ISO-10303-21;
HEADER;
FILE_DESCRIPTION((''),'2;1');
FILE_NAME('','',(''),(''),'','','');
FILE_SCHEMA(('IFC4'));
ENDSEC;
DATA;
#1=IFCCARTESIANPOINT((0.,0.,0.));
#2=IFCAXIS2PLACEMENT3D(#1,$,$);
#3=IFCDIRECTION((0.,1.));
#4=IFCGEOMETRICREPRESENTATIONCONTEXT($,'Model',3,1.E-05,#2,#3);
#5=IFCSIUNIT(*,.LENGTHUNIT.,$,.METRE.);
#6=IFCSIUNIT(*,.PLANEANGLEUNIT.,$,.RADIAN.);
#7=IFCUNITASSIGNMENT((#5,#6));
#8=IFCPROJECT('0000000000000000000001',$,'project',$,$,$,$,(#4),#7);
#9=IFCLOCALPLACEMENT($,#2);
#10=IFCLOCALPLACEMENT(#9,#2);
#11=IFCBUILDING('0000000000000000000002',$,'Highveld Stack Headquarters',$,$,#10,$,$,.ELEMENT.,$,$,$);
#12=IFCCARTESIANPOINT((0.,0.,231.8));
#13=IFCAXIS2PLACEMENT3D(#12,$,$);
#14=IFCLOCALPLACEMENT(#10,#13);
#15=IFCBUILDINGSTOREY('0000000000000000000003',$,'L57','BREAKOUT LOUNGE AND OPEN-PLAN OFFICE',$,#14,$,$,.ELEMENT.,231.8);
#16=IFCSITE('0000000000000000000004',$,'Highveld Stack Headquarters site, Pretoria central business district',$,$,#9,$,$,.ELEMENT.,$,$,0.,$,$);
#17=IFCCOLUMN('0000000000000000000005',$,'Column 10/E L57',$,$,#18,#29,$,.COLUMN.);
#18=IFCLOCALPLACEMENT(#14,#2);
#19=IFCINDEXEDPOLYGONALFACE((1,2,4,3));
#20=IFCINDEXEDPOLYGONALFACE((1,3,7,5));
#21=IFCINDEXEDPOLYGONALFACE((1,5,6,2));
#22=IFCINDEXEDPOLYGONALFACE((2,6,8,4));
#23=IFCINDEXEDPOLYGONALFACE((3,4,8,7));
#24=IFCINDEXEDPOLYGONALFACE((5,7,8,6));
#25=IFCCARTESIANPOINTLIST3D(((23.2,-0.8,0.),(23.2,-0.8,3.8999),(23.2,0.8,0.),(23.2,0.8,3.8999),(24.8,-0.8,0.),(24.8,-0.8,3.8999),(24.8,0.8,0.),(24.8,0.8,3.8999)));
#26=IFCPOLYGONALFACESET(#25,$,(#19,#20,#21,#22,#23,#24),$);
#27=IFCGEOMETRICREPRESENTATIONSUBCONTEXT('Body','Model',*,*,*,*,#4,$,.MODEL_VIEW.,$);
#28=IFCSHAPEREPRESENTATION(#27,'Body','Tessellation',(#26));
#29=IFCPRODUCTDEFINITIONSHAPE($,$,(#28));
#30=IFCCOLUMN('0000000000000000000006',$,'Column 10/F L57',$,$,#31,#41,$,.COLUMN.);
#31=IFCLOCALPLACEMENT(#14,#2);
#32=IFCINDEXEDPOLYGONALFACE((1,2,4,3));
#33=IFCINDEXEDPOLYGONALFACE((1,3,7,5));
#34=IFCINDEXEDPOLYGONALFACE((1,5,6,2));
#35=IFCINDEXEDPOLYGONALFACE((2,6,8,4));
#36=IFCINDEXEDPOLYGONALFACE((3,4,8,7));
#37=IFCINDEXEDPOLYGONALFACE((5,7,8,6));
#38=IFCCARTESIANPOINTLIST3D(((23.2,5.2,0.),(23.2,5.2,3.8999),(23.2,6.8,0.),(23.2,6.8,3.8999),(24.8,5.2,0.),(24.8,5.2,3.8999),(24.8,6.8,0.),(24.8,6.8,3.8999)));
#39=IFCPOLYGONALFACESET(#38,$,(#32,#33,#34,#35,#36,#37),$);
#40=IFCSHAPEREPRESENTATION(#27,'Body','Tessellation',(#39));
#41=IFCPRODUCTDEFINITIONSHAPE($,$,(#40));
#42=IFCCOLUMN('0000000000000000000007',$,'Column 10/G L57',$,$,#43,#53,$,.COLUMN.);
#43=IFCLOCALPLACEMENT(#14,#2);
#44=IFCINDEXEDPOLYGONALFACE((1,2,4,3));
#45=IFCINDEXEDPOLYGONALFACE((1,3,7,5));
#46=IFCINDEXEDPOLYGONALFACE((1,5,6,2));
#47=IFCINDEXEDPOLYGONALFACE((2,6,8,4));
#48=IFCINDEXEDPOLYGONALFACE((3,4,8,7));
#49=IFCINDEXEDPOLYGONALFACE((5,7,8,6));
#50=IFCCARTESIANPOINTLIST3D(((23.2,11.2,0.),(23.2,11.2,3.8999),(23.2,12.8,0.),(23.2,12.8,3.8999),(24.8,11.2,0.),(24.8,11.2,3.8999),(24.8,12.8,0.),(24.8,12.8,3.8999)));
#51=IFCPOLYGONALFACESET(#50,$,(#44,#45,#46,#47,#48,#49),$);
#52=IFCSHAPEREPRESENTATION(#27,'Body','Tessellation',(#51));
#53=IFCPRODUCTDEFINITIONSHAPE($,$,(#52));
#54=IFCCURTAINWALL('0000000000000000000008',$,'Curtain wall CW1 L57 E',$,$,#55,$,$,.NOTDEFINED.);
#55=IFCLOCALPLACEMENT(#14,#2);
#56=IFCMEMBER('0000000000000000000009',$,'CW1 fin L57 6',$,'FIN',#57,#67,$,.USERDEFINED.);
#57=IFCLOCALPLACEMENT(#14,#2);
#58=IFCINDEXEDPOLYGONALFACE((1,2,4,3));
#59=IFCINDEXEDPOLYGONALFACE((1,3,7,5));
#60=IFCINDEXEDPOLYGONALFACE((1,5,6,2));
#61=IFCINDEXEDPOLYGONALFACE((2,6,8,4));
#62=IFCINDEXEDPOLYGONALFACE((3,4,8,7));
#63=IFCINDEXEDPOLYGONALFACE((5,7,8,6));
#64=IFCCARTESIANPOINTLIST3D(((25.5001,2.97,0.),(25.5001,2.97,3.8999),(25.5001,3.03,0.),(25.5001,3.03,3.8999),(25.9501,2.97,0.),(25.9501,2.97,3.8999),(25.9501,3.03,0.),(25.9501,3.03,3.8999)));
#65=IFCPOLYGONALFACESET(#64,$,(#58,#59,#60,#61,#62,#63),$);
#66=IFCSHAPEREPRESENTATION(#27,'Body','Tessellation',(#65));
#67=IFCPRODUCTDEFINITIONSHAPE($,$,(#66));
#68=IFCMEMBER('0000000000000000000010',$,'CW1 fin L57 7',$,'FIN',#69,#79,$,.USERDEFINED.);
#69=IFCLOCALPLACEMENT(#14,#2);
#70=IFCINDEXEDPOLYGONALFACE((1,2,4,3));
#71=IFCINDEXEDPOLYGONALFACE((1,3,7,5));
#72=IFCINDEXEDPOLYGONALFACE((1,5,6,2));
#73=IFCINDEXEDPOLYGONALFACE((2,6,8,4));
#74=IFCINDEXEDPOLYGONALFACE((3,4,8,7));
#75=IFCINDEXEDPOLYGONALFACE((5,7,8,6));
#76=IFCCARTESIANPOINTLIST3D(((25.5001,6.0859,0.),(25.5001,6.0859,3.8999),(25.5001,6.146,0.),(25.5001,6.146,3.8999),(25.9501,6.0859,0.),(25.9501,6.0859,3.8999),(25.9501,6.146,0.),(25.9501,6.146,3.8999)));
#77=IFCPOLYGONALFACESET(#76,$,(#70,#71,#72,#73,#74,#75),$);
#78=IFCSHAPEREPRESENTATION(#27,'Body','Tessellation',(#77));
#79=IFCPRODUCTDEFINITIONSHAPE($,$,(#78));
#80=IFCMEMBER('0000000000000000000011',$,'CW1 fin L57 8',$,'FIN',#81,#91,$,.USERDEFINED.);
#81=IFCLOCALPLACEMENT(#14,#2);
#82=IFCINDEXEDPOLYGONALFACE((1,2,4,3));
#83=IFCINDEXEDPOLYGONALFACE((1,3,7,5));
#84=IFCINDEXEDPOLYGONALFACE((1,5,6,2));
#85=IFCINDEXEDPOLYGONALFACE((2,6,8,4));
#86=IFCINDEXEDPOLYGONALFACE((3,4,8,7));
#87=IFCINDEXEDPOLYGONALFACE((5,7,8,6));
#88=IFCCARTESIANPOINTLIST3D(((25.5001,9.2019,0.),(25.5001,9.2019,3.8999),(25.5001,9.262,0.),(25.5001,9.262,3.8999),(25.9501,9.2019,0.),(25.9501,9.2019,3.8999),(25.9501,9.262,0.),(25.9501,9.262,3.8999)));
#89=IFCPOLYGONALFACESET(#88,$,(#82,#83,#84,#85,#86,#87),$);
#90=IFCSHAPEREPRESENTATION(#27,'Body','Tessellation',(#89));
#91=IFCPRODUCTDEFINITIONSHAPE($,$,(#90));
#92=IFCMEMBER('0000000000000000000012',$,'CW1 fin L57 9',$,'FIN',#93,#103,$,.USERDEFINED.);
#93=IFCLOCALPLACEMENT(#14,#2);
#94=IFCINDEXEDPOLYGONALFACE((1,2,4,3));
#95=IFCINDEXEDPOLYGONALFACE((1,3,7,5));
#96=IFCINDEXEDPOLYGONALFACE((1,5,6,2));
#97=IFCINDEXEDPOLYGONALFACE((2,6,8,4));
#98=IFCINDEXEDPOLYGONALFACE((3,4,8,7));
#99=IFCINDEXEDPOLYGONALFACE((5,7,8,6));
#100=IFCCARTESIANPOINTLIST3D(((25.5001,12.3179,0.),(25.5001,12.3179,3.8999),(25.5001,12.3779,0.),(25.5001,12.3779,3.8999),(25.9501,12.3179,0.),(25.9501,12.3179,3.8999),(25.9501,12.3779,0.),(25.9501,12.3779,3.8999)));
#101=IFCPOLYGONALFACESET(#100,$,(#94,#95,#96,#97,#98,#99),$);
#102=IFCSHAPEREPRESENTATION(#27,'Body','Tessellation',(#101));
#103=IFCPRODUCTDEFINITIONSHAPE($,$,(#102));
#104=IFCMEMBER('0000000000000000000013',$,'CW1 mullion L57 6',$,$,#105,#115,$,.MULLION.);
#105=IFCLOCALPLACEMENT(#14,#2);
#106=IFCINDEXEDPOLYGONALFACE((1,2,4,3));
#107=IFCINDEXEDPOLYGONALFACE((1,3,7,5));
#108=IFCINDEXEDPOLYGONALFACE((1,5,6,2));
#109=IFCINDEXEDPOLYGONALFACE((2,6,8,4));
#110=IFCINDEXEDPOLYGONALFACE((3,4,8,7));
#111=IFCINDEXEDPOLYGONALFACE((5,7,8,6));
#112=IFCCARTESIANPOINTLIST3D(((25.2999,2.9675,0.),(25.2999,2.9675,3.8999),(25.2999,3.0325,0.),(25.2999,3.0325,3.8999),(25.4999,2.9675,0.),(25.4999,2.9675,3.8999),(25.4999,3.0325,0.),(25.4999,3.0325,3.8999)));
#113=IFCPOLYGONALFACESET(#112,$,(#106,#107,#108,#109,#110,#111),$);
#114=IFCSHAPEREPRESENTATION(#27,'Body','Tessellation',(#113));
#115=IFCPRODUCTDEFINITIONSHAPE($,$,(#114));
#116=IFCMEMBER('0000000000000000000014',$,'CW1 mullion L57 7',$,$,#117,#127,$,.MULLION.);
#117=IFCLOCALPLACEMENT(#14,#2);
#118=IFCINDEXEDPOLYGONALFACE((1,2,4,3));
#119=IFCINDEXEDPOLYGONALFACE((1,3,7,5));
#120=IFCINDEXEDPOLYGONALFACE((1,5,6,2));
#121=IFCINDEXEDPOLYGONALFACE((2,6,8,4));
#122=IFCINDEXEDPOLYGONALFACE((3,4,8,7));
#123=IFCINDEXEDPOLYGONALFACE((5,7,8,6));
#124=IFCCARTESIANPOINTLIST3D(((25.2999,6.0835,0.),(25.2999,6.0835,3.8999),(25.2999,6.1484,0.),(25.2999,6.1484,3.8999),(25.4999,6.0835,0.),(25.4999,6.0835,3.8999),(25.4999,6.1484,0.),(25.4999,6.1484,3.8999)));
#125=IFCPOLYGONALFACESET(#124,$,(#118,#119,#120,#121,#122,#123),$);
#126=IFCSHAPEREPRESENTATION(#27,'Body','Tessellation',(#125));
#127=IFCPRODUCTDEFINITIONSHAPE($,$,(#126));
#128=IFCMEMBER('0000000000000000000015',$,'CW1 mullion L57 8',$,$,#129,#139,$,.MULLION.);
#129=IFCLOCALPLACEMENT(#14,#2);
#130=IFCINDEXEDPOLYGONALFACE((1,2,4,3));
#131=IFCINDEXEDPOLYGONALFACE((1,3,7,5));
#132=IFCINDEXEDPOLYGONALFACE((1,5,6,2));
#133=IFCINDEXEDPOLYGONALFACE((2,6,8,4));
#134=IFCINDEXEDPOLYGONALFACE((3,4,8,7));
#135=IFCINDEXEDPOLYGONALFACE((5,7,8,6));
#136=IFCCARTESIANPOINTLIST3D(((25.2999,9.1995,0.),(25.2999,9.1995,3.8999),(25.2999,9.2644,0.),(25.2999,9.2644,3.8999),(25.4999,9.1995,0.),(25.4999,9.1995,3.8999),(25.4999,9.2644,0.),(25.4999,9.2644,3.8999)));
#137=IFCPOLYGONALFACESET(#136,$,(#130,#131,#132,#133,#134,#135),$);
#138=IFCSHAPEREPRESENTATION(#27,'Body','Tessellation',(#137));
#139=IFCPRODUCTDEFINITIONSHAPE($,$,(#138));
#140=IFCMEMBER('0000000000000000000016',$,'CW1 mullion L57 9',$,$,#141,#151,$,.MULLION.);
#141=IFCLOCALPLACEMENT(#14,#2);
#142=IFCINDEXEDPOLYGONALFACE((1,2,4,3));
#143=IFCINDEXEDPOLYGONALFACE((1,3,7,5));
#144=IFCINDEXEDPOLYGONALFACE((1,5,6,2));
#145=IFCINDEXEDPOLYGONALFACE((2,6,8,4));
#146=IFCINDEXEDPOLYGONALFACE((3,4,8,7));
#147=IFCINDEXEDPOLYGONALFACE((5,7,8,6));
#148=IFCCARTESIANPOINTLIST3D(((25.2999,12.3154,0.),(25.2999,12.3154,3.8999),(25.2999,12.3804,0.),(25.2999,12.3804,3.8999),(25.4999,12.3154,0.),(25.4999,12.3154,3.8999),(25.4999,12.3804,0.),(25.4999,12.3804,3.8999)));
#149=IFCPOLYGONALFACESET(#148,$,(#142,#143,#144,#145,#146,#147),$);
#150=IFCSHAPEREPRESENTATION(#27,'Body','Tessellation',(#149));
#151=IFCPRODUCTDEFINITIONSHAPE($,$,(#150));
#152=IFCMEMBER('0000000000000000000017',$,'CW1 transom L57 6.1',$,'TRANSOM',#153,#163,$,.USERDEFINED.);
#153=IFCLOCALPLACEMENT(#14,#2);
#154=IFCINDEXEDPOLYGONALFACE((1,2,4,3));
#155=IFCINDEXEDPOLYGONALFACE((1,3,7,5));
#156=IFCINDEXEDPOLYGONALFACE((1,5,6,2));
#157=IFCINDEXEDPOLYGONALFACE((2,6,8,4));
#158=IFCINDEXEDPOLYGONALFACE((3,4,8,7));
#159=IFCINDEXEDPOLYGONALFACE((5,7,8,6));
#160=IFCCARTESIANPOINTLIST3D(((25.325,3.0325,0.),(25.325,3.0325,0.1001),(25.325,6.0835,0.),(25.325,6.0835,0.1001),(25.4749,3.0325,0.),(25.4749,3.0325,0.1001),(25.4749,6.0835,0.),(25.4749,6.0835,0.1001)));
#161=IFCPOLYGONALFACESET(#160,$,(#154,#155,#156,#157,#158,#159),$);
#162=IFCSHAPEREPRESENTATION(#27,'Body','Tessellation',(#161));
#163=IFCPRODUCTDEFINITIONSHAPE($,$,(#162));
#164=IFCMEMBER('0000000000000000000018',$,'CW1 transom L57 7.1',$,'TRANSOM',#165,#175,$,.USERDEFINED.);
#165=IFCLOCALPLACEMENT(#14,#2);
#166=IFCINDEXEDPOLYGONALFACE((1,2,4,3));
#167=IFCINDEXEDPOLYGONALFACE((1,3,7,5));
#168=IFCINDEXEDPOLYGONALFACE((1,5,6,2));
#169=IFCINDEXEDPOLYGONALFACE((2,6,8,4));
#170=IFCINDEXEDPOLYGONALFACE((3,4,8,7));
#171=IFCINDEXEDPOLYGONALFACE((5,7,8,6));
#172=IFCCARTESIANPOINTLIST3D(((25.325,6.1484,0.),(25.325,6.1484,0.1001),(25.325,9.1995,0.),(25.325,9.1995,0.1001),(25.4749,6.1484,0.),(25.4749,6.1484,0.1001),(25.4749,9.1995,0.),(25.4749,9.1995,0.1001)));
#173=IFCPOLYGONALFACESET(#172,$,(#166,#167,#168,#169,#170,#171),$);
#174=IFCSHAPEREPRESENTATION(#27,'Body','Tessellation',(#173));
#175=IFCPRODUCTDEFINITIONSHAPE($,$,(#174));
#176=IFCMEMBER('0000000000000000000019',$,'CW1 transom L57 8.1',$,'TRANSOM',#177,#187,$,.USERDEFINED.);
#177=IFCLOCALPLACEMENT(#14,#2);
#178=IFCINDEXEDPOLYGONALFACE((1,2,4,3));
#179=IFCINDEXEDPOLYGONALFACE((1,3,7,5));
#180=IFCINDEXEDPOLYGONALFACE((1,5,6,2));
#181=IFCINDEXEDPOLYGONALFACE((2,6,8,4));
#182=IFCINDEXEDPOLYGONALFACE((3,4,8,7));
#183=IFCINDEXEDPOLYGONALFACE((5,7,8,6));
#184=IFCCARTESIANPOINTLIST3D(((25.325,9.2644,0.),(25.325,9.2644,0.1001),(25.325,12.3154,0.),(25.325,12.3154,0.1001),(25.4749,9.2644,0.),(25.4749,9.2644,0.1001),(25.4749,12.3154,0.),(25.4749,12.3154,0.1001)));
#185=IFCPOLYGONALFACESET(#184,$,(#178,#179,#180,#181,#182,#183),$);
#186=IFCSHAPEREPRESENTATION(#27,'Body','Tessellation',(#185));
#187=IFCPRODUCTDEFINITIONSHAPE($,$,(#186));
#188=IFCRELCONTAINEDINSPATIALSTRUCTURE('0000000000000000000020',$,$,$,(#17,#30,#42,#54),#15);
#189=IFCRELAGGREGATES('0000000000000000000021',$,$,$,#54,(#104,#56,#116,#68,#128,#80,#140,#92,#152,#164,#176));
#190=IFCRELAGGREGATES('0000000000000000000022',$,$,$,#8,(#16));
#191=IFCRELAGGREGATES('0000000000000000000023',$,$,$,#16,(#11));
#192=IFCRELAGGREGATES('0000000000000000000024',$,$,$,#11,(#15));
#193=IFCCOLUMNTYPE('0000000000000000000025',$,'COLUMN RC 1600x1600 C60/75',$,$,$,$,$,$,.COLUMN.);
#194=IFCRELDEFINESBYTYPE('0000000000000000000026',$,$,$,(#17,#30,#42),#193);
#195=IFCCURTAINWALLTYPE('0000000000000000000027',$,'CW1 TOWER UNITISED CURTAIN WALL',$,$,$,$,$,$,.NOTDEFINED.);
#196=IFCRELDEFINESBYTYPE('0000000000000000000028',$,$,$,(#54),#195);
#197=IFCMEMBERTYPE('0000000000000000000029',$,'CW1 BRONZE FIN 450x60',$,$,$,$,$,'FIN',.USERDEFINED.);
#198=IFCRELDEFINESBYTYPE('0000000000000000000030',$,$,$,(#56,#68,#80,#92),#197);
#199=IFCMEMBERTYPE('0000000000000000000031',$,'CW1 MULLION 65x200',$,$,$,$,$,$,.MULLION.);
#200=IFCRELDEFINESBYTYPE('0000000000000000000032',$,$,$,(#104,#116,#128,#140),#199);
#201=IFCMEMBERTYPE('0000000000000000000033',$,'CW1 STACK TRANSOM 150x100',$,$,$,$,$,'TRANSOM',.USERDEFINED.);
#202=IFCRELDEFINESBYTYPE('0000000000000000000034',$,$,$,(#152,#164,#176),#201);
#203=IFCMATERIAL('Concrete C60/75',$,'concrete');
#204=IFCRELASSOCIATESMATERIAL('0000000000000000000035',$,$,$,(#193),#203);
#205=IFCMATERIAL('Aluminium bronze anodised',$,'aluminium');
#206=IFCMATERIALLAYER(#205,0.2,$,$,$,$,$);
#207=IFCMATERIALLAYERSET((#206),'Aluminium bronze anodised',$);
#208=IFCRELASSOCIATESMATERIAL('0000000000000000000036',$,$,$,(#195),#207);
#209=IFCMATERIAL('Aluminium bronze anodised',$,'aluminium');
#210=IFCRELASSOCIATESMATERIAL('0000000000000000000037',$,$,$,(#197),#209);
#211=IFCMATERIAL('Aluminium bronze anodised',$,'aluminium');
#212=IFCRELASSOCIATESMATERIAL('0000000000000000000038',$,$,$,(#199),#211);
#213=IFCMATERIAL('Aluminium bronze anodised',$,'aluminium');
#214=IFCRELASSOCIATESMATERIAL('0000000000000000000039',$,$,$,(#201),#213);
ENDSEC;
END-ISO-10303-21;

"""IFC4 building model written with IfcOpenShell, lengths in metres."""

from ifc_helpers import new_model, si_unit, direction, frame, origin, origin_2d, place, context, subcontext, project, spatial, rectangle, extrude, material, layer, layer_set, material_profile, profile_set, type_object, element, aggregate, save


model = new_model("IFC4")

# Units and contexts
model_context = context("Model", 3, precision=1e-05, world=origin(), true_north=direction((0.0, 1.0)))
body_context = subcontext(model_context, "Body", "Model", "MODEL_VIEW")
ifc_project = project(units=[si_unit("LENGTHUNIT", "METRE"), si_unit("PLANEANGLEUNIT", "RADIAN")], contexts=[model_context])

# Site, building, storey
site_placement = place(None, origin())
site = spatial("IfcSite", under=ifc_project, at=site_placement, Name="Highveld Stack Headquarters site, Pretoria central business district", CompositionType="ELEMENT", RefElevation=0.0)
building_placement = place(site_placement, origin())
building = spatial("IfcBuilding", under=site, at=building_placement, Name="Highveld Stack Headquarters", CompositionType="ELEMENT")
storey_placement = place(building_placement, frame((0.0, 0.0, 231.8)))
storey = spatial("IfcBuildingStorey", under=building, at=storey_placement, Name="L57", Description="BREAKOUT LOUNGE AND OPEN-PLAN OFFICE", CompositionType="ELEMENT", Elevation=231.8)

# Columns
ifc_material_1 = material(Name="Concrete C60/75", Category="concrete")
ifc_material_profile_1 = material_profile(ifc_material_1, rectangle(XDim=1.6001, YDim=1.6001, at=origin_2d()), Name="RC 1600x1600")
ifc_profile_set_1 = profile_set([ifc_material_profile_1], Name="Concrete C60/75")
column_type = type_object("IfcColumnType", Name="COLUMN RC 1600x1600 C60/75", PredefinedType="COLUMN", material=ifc_profile_set_1)
for number, where, z_axis, x_axis, name in (
    (1, (24.0, 0.0, 0.0), (0.0, 0.0, 1.0), (1.0, 0.0, 0.0), "Column 10/E L57"),
    (2, (24.0, 6.0, 0.0), (0.0, 0.0, 1.0), (1.0, 0.0, 0.0), "Column 10/F L57"),
    (3, (24.0, 12.0, 0.0), (0.0, 0.0, 1.0), (1.0, 0.0, 0.0), "Column 10/G L57"),
):
    element("IfcColumn", number, at=place(storey_placement, frame(where, z_axis=z_axis, x_axis=x_axis)), inside=storey, type_object=column_type, Name=name, PredefinedType="COLUMN", context=body_context, shape_type="SweptSolid", body=[
        extrude(rectangle(XDim=1.6001, YDim=1.6001, at=origin_2d()), origin(), (0.0, 0.0, 1.0), 3.8999),
    ])

# Curtain wall, members
ifc_material_2 = material(Name="Aluminium bronze anodised", Category="aluminium")
ifc_layer_1 = layer(ifc_material_2, 0.2)
ifc_layer_set_1 = layer_set([ifc_layer_1], Name="Aluminium bronze anodised")
curtain_wall_type = type_object("IfcCurtainWallType", Name="CW1 TOWER UNITISED CURTAIN WALL", PredefinedType="NOTDEFINED", material=ifc_layer_set_1)
curtain_wall_placement = place(storey_placement, origin())
curtain_wall = element("IfcCurtainWall", 4, at=curtain_wall_placement, inside=storey, type_object=curtain_wall_type, Name="Curtain wall CW1 L57 E", PredefinedType="NOTDEFINED")
ifc_material_3 = material(Name="Aluminium bronze anodised", Category="aluminium")
ifc_material_profile_2 = material_profile(ifc_material_3, rectangle(XDim=0.45, YDim=0.0601, at=origin_2d()), Name="FIN 450x60")
ifc_profile_set_2 = profile_set([ifc_material_profile_2], Name="Aluminium bronze anodised")
member_type_1 = type_object("IfcMemberType", Name="CW1 BRONZE FIN 450x60", ElementType="FIN", PredefinedType="USERDEFINED", material=ifc_profile_set_2)
member_1_placement = place(storey_placement, frame((25.7251, 3.0, 0.0), z_axis=(0.0, 0.0, 1.0), x_axis=(-1.0, 0.0, 0.0)))
member_1 = element("IfcMember", 5, at=member_1_placement, type_object=member_type_1, Name="CW1 fin L57 6", ObjectType="FIN", PredefinedType="USERDEFINED", context=body_context, shape_type="SweptSolid", body=[
    extrude(rectangle(XDim=0.45, YDim=0.0601, at=origin_2d()), origin(), (0.0, 0.0, 1.0), 3.8999),
])
member_2_placement = place(storey_placement, frame((25.7251, 6.116, 0.0), z_axis=(0.0, 0.0, 1.0), x_axis=(-1.0, 0.0, 0.0)))
member_2 = element("IfcMember", 6, at=member_2_placement, type_object=member_type_1, Name="CW1 fin L57 7", ObjectType="FIN", PredefinedType="USERDEFINED", context=body_context, shape_type="SweptSolid", body=[
    extrude(rectangle(XDim=0.45, YDim=0.0601, at=origin_2d()), origin(), (0.0, 0.0, 1.0), 3.8999),
])
member_3_placement = place(storey_placement, frame((25.7251, 9.2319, 0.0), z_axis=(0.0, 0.0, 1.0), x_axis=(-1.0, 0.0, 0.0)))
member_3 = element("IfcMember", 7, at=member_3_placement, type_object=member_type_1, Name="CW1 fin L57 8", ObjectType="FIN", PredefinedType="USERDEFINED", context=body_context, shape_type="SweptSolid", body=[
    extrude(rectangle(XDim=0.45, YDim=0.0601, at=origin_2d()), origin(), (0.0, 0.0, 1.0), 3.8999),
])
member_4_placement = place(storey_placement, frame((25.7251, 12.3479, 0.0), z_axis=(0.0, 0.0, 1.0), x_axis=(-1.0, 0.0, 0.0)))
member_4 = element("IfcMember", 8, at=member_4_placement, type_object=member_type_1, Name="CW1 fin L57 9", ObjectType="FIN", PredefinedType="USERDEFINED", context=body_context, shape_type="SweptSolid", body=[
    extrude(rectangle(XDim=0.45, YDim=0.0601, at=origin_2d()), origin(), (0.0, 0.0, 1.0), 3.8999),
])
ifc_material_4 = material(Name="Aluminium bronze anodised", Category="aluminium")
ifc_material_profile_3 = material_profile(ifc_material_4, rectangle(XDim=0.2, YDim=0.0649, at=origin_2d()), Name="CW1 MULLION 65x200")
ifc_profile_set_3 = profile_set([ifc_material_profile_3], Name="Aluminium bronze anodised")
member_type_2 = type_object("IfcMemberType", Name="CW1 MULLION 65x200", PredefinedType="MULLION", material=ifc_profile_set_3)
member_5_placement = place(storey_placement, frame((25.3999, 3.0, 0.0), z_axis=(0.0, 0.0, 1.0), x_axis=(-1.0, 0.0, 0.0)))
member_5 = element("IfcMember", 9, at=member_5_placement, type_object=member_type_2, Name="CW1 mullion L57 6", PredefinedType="MULLION", context=body_context, shape_type="SweptSolid", body=[
    extrude(rectangle(XDim=0.2, YDim=0.0649, at=origin_2d()), origin(), (0.0, 0.0, 1.0), 3.8999),
])
member_6_placement = place(storey_placement, frame((25.3999, 6.116, 0.0), z_axis=(0.0, 0.0, 1.0), x_axis=(-1.0, 0.0, 0.0)))
member_6 = element("IfcMember", 10, at=member_6_placement, type_object=member_type_2, Name="CW1 mullion L57 7", PredefinedType="MULLION", context=body_context, shape_type="SweptSolid", body=[
    extrude(rectangle(XDim=0.2, YDim=0.0649, at=origin_2d()), origin(), (0.0, 0.0, 1.0), 3.8999),
])
member_7_placement = place(storey_placement, frame((25.3999, 9.2319, 0.0), z_axis=(0.0, 0.0, 1.0), x_axis=(-1.0, 0.0, 0.0)))
member_7 = element("IfcMember", 11, at=member_7_placement, type_object=member_type_2, Name="CW1 mullion L57 8", PredefinedType="MULLION", context=body_context, shape_type="SweptSolid", body=[
    extrude(rectangle(XDim=0.2, YDim=0.0649, at=origin_2d()), origin(), (0.0, 0.0, 1.0), 3.8999),
])
member_8_placement = place(storey_placement, frame((25.3999, 12.3479, 0.0), z_axis=(0.0, 0.0, 1.0), x_axis=(-1.0, 0.0, 0.0)))
member_8 = element("IfcMember", 12, at=member_8_placement, type_object=member_type_2, Name="CW1 mullion L57 9", PredefinedType="MULLION", context=body_context, shape_type="SweptSolid", body=[
    extrude(rectangle(XDim=0.2, YDim=0.0649, at=origin_2d()), origin(), (0.0, 0.0, 1.0), 3.8999),
])
ifc_material_5 = material(Name="Aluminium bronze anodised", Category="aluminium")
ifc_material_profile_4 = material_profile(ifc_material_5, rectangle(XDim=0.1499, YDim=0.1001, at=origin_2d()), Name="CW1 TRANSOM 150x100")
ifc_profile_set_4 = profile_set([ifc_material_profile_4], Name="Aluminium bronze anodised")
member_type_3 = type_object("IfcMemberType", Name="CW1 STACK TRANSOM 150x100", ElementType="TRANSOM", PredefinedType="USERDEFINED", material=ifc_profile_set_4)
member_9_placement = place(storey_placement, frame((25.3999, 3.0325, 0.05), z_axis=(0.0, 1.0, 0.0), x_axis=(-1.0, 0.0, 0.0)))
member_9 = element("IfcMember", 13, at=member_9_placement, type_object=member_type_3, Name="CW1 transom L57 6.1", ObjectType="TRANSOM", PredefinedType="USERDEFINED", context=body_context, shape_type="SweptSolid", body=[
    extrude(rectangle(XDim=0.1499, YDim=0.1001, at=origin_2d()), origin(), (0.0, 0.0, 1.0), 3.051),
])
member_10_placement = place(storey_placement, frame((25.3999, 6.1484, 0.05), z_axis=(0.0, 1.0, 0.0), x_axis=(-1.0, 0.0, 0.0)))
member_10 = element("IfcMember", 14, at=member_10_placement, type_object=member_type_3, Name="CW1 transom L57 7.1", ObjectType="TRANSOM", PredefinedType="USERDEFINED", context=body_context, shape_type="SweptSolid", body=[
    extrude(rectangle(XDim=0.1499, YDim=0.1001, at=origin_2d()), origin(), (0.0, 0.0, 1.0), 3.051),
])
member_11_placement = place(storey_placement, frame((25.3999, 9.2644, 0.05), z_axis=(0.0, 1.0, 0.0), x_axis=(-1.0, 0.0, 0.0)))
member_11 = element("IfcMember", 15, at=member_11_placement, type_object=member_type_3, Name="CW1 transom L57 8.1", ObjectType="TRANSOM", PredefinedType="USERDEFINED", context=body_context, shape_type="SweptSolid", body=[
    extrude(rectangle(XDim=0.1499, YDim=0.1001, at=origin_2d()), origin(), (0.0, 0.0, 1.0), 3.051),
])
aggregate(curtain_wall, [member_5, member_1, member_6, member_2, member_7, member_3, member_8, member_4, member_9, member_10, member_11])

save(model, "model.ifc")
